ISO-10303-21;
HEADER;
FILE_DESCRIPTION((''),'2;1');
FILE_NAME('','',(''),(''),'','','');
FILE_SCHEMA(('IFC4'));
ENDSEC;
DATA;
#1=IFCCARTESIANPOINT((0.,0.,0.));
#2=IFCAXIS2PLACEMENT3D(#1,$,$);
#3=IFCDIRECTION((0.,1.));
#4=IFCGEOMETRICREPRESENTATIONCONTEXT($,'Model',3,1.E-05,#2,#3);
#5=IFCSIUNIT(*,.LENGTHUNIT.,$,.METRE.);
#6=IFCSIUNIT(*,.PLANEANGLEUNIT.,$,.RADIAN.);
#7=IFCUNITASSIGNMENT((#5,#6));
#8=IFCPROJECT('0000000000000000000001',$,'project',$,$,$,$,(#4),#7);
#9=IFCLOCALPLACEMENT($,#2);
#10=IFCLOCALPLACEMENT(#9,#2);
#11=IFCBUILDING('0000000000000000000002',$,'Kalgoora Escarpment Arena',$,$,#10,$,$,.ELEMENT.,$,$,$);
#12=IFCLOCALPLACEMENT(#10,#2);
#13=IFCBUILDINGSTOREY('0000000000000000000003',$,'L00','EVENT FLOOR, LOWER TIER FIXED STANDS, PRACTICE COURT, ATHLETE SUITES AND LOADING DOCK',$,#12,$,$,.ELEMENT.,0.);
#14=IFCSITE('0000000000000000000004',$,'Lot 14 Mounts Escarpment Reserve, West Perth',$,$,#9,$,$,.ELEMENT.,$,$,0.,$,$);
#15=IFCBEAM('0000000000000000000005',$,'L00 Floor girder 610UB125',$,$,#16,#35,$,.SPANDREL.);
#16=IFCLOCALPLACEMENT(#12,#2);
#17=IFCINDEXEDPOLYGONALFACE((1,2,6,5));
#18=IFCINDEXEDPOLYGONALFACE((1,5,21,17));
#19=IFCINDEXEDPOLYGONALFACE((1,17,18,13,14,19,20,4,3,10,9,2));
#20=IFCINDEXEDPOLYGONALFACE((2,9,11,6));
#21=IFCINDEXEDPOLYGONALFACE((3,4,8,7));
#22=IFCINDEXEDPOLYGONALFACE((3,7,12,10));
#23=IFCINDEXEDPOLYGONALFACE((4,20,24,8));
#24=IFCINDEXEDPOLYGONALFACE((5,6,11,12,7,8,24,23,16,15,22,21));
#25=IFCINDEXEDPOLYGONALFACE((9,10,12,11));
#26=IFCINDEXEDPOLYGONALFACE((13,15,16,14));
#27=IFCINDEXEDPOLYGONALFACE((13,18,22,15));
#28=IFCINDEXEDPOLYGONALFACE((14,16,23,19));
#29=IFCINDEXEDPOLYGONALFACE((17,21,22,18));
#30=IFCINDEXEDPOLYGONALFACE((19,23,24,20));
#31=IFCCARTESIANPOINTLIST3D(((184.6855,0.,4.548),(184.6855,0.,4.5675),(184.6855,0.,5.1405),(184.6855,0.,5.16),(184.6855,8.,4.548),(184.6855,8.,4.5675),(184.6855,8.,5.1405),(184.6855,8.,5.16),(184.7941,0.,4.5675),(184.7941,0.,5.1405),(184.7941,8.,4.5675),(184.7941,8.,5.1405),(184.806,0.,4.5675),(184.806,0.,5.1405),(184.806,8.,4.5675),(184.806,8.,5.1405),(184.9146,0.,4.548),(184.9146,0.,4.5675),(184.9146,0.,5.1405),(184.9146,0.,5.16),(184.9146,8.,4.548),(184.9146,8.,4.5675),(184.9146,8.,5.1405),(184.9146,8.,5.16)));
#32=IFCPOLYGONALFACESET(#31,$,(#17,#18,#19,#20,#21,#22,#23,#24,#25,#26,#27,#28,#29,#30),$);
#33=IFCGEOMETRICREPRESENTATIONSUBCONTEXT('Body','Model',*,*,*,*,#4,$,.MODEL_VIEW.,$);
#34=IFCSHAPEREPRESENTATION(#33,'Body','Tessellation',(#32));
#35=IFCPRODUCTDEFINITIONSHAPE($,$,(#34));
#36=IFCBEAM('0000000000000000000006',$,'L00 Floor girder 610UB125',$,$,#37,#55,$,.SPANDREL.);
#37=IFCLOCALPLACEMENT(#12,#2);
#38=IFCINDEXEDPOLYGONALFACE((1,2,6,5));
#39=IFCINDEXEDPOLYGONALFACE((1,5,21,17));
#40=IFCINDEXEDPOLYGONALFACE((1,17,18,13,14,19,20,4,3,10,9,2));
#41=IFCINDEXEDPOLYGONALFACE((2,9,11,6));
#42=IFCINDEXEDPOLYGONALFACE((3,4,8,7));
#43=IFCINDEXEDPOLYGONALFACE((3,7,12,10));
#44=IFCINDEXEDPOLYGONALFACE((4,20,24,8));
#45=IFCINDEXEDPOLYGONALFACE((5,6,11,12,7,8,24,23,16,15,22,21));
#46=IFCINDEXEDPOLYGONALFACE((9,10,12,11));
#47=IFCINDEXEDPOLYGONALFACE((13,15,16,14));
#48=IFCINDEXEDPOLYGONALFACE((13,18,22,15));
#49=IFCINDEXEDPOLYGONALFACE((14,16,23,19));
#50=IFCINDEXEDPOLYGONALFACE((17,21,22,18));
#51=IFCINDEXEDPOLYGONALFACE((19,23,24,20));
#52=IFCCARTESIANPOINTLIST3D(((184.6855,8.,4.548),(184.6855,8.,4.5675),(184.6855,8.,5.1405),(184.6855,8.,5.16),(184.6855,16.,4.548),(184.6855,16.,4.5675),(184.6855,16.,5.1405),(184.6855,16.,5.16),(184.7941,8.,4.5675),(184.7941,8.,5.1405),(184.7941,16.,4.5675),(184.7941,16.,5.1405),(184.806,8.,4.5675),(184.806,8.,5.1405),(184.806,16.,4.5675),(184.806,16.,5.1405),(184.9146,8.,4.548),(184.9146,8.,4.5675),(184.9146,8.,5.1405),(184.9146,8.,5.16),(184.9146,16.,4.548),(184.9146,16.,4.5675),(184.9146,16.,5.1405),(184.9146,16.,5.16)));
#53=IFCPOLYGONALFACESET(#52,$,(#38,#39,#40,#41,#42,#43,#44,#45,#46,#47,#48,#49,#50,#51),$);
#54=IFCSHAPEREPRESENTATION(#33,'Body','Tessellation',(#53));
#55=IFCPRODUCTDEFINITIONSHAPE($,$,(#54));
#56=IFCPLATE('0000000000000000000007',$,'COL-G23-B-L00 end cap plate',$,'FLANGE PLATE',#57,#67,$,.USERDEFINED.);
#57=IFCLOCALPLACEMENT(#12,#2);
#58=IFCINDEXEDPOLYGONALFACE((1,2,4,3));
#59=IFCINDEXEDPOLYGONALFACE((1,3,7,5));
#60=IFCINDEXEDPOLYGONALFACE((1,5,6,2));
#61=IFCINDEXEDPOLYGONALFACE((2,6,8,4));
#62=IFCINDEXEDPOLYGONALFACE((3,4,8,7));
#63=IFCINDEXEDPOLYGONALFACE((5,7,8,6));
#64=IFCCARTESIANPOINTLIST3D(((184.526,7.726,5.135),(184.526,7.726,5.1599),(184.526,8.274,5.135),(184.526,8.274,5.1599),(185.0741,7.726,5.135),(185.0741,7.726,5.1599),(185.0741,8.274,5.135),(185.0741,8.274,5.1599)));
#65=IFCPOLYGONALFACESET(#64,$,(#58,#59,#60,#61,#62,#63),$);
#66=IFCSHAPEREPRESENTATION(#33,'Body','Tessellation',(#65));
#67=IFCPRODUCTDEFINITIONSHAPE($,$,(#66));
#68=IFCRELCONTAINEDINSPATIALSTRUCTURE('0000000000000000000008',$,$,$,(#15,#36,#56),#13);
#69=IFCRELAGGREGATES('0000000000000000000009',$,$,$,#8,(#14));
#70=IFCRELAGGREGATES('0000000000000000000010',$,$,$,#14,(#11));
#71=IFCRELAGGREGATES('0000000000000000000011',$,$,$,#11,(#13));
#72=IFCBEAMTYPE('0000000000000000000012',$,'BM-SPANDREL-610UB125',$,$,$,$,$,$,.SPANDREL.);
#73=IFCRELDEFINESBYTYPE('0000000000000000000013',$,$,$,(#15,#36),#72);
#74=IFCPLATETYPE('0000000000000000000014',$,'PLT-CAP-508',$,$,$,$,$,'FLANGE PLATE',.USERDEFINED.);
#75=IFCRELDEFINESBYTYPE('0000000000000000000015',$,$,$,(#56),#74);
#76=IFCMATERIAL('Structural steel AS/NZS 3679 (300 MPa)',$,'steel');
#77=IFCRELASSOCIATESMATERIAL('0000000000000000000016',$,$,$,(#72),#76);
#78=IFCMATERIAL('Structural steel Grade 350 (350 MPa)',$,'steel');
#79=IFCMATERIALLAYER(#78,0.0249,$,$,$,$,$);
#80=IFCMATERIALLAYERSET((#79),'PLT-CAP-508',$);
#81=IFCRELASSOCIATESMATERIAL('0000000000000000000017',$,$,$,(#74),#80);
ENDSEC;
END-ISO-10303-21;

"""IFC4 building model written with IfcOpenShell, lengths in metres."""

from ifc_helpers import new_model, si_unit, direction, frame, origin, origin_2d, place, context, subcontext, project, spatial, rectangle, i_section, extrude, material, layer, layer_set, material_profile, profile_set, type_object, element, save


model = new_model("IFC4")

# Units and contexts
model_context = context("Model", 3, precision=1e-05, world=origin(), true_north=direction((0.0, 1.0)))
body_context = subcontext(model_context, "Body", "Model", "MODEL_VIEW")
ifc_project = project(units=[si_unit("LENGTHUNIT", "METRE"), si_unit("PLANEANGLEUNIT", "RADIAN")], contexts=[model_context])

# Site, building, storey
site_placement = place(None, origin())
site = spatial("IfcSite", under=ifc_project, at=site_placement, Name="Lot 14 Mounts Escarpment Reserve, West Perth", CompositionType="ELEMENT", RefElevation=0.0)
building_placement = place(site_placement, origin())
building = spatial("IfcBuilding", under=site, at=building_placement, Name="Kalgoora Escarpment Arena", CompositionType="ELEMENT")
storey_placement = place(building_placement, origin())
storey = spatial("IfcBuildingStorey", under=building, at=storey_placement, Name="L00", Description="EVENT FLOOR, LOWER TIER FIXED STANDS, PRACTICE COURT, ATHLETE SUITES AND LOADING DOCK", CompositionType="ELEMENT", Elevation=0.0)

# Beams
ifc_material_1 = material(Name="Structural steel AS/NZS 3679 (300 MPa)", Category="steel")
ifc_material_profile_1 = material_profile(ifc_material_1, i_section(OverallWidth=0.229, OverallDepth=0.6121, WebThickness=0.012, FlangeThickness=0.0195, at=origin_2d()))
ifc_profile_set_1 = profile_set([ifc_material_profile_1], Name="Structural steel AS/NZS 3679 (300 MPa)")
beam_type_1 = type_object("IfcBeamType", Name="BM-SPANDREL-610UB125", PredefinedType="SPANDREL", material=ifc_profile_set_1)
for number, where, z_axis, x_axis, name in (
    (1, (184.8, 0.0, 4.854), (0.0, 1.0, 0.0), (-1.0, 0.0, 0.0), "L00 Floor girder 610UB125"),
    (2, (184.8, 8.0, 4.854), (0.0, 1.0, 0.0), (-1.0, 0.0, 0.0), "L00 Floor girder 610UB125"),
):
    element("IfcBeam", number, at=place(storey_placement, frame(where, z_axis=z_axis, x_axis=x_axis)), inside=storey, type_object=beam_type_1, Name=name, PredefinedType="SPANDREL", context=body_context, shape_type="SweptSolid", body=[
        extrude(i_section(OverallWidth=0.229, OverallDepth=0.6121, WebThickness=0.012, FlangeThickness=0.0195, at=origin_2d()), origin(), (0.0, 0.0, 1.0), 8.0),
    ])

# Plate
ifc_material_2 = material(Name="Structural steel Grade 350 (350 MPa)", Category="steel")
ifc_layer_1 = layer(ifc_material_2, 0.0249)
ifc_layer_set_1 = layer_set([ifc_layer_1], Name="PLT-CAP-508")
plate_type = type_object("IfcPlateType", Name="PLT-CAP-508", ElementType="FLANGE PLATE", PredefinedType="USERDEFINED", material=ifc_layer_set_1)
plate_placement = place(storey_placement, frame((184.8, 8.0, 5.135), z_axis=(0.0, 0.0, 1.0), x_axis=(1.0, 0.0, 0.0)))
element("IfcPlate", 3, at=plate_placement, inside=storey, type_object=plate_type, Name="COL-G23-B-L00 end cap plate", ObjectType="FLANGE PLATE", PredefinedType="USERDEFINED", context=body_context, shape_type="SweptSolid", body=[
    extrude(rectangle(XDim=0.5481, YDim=0.5481, at=origin_2d()), origin(), (0.0, 0.0, 1.0), 0.0249),
])

save(model, "model.ifc")
